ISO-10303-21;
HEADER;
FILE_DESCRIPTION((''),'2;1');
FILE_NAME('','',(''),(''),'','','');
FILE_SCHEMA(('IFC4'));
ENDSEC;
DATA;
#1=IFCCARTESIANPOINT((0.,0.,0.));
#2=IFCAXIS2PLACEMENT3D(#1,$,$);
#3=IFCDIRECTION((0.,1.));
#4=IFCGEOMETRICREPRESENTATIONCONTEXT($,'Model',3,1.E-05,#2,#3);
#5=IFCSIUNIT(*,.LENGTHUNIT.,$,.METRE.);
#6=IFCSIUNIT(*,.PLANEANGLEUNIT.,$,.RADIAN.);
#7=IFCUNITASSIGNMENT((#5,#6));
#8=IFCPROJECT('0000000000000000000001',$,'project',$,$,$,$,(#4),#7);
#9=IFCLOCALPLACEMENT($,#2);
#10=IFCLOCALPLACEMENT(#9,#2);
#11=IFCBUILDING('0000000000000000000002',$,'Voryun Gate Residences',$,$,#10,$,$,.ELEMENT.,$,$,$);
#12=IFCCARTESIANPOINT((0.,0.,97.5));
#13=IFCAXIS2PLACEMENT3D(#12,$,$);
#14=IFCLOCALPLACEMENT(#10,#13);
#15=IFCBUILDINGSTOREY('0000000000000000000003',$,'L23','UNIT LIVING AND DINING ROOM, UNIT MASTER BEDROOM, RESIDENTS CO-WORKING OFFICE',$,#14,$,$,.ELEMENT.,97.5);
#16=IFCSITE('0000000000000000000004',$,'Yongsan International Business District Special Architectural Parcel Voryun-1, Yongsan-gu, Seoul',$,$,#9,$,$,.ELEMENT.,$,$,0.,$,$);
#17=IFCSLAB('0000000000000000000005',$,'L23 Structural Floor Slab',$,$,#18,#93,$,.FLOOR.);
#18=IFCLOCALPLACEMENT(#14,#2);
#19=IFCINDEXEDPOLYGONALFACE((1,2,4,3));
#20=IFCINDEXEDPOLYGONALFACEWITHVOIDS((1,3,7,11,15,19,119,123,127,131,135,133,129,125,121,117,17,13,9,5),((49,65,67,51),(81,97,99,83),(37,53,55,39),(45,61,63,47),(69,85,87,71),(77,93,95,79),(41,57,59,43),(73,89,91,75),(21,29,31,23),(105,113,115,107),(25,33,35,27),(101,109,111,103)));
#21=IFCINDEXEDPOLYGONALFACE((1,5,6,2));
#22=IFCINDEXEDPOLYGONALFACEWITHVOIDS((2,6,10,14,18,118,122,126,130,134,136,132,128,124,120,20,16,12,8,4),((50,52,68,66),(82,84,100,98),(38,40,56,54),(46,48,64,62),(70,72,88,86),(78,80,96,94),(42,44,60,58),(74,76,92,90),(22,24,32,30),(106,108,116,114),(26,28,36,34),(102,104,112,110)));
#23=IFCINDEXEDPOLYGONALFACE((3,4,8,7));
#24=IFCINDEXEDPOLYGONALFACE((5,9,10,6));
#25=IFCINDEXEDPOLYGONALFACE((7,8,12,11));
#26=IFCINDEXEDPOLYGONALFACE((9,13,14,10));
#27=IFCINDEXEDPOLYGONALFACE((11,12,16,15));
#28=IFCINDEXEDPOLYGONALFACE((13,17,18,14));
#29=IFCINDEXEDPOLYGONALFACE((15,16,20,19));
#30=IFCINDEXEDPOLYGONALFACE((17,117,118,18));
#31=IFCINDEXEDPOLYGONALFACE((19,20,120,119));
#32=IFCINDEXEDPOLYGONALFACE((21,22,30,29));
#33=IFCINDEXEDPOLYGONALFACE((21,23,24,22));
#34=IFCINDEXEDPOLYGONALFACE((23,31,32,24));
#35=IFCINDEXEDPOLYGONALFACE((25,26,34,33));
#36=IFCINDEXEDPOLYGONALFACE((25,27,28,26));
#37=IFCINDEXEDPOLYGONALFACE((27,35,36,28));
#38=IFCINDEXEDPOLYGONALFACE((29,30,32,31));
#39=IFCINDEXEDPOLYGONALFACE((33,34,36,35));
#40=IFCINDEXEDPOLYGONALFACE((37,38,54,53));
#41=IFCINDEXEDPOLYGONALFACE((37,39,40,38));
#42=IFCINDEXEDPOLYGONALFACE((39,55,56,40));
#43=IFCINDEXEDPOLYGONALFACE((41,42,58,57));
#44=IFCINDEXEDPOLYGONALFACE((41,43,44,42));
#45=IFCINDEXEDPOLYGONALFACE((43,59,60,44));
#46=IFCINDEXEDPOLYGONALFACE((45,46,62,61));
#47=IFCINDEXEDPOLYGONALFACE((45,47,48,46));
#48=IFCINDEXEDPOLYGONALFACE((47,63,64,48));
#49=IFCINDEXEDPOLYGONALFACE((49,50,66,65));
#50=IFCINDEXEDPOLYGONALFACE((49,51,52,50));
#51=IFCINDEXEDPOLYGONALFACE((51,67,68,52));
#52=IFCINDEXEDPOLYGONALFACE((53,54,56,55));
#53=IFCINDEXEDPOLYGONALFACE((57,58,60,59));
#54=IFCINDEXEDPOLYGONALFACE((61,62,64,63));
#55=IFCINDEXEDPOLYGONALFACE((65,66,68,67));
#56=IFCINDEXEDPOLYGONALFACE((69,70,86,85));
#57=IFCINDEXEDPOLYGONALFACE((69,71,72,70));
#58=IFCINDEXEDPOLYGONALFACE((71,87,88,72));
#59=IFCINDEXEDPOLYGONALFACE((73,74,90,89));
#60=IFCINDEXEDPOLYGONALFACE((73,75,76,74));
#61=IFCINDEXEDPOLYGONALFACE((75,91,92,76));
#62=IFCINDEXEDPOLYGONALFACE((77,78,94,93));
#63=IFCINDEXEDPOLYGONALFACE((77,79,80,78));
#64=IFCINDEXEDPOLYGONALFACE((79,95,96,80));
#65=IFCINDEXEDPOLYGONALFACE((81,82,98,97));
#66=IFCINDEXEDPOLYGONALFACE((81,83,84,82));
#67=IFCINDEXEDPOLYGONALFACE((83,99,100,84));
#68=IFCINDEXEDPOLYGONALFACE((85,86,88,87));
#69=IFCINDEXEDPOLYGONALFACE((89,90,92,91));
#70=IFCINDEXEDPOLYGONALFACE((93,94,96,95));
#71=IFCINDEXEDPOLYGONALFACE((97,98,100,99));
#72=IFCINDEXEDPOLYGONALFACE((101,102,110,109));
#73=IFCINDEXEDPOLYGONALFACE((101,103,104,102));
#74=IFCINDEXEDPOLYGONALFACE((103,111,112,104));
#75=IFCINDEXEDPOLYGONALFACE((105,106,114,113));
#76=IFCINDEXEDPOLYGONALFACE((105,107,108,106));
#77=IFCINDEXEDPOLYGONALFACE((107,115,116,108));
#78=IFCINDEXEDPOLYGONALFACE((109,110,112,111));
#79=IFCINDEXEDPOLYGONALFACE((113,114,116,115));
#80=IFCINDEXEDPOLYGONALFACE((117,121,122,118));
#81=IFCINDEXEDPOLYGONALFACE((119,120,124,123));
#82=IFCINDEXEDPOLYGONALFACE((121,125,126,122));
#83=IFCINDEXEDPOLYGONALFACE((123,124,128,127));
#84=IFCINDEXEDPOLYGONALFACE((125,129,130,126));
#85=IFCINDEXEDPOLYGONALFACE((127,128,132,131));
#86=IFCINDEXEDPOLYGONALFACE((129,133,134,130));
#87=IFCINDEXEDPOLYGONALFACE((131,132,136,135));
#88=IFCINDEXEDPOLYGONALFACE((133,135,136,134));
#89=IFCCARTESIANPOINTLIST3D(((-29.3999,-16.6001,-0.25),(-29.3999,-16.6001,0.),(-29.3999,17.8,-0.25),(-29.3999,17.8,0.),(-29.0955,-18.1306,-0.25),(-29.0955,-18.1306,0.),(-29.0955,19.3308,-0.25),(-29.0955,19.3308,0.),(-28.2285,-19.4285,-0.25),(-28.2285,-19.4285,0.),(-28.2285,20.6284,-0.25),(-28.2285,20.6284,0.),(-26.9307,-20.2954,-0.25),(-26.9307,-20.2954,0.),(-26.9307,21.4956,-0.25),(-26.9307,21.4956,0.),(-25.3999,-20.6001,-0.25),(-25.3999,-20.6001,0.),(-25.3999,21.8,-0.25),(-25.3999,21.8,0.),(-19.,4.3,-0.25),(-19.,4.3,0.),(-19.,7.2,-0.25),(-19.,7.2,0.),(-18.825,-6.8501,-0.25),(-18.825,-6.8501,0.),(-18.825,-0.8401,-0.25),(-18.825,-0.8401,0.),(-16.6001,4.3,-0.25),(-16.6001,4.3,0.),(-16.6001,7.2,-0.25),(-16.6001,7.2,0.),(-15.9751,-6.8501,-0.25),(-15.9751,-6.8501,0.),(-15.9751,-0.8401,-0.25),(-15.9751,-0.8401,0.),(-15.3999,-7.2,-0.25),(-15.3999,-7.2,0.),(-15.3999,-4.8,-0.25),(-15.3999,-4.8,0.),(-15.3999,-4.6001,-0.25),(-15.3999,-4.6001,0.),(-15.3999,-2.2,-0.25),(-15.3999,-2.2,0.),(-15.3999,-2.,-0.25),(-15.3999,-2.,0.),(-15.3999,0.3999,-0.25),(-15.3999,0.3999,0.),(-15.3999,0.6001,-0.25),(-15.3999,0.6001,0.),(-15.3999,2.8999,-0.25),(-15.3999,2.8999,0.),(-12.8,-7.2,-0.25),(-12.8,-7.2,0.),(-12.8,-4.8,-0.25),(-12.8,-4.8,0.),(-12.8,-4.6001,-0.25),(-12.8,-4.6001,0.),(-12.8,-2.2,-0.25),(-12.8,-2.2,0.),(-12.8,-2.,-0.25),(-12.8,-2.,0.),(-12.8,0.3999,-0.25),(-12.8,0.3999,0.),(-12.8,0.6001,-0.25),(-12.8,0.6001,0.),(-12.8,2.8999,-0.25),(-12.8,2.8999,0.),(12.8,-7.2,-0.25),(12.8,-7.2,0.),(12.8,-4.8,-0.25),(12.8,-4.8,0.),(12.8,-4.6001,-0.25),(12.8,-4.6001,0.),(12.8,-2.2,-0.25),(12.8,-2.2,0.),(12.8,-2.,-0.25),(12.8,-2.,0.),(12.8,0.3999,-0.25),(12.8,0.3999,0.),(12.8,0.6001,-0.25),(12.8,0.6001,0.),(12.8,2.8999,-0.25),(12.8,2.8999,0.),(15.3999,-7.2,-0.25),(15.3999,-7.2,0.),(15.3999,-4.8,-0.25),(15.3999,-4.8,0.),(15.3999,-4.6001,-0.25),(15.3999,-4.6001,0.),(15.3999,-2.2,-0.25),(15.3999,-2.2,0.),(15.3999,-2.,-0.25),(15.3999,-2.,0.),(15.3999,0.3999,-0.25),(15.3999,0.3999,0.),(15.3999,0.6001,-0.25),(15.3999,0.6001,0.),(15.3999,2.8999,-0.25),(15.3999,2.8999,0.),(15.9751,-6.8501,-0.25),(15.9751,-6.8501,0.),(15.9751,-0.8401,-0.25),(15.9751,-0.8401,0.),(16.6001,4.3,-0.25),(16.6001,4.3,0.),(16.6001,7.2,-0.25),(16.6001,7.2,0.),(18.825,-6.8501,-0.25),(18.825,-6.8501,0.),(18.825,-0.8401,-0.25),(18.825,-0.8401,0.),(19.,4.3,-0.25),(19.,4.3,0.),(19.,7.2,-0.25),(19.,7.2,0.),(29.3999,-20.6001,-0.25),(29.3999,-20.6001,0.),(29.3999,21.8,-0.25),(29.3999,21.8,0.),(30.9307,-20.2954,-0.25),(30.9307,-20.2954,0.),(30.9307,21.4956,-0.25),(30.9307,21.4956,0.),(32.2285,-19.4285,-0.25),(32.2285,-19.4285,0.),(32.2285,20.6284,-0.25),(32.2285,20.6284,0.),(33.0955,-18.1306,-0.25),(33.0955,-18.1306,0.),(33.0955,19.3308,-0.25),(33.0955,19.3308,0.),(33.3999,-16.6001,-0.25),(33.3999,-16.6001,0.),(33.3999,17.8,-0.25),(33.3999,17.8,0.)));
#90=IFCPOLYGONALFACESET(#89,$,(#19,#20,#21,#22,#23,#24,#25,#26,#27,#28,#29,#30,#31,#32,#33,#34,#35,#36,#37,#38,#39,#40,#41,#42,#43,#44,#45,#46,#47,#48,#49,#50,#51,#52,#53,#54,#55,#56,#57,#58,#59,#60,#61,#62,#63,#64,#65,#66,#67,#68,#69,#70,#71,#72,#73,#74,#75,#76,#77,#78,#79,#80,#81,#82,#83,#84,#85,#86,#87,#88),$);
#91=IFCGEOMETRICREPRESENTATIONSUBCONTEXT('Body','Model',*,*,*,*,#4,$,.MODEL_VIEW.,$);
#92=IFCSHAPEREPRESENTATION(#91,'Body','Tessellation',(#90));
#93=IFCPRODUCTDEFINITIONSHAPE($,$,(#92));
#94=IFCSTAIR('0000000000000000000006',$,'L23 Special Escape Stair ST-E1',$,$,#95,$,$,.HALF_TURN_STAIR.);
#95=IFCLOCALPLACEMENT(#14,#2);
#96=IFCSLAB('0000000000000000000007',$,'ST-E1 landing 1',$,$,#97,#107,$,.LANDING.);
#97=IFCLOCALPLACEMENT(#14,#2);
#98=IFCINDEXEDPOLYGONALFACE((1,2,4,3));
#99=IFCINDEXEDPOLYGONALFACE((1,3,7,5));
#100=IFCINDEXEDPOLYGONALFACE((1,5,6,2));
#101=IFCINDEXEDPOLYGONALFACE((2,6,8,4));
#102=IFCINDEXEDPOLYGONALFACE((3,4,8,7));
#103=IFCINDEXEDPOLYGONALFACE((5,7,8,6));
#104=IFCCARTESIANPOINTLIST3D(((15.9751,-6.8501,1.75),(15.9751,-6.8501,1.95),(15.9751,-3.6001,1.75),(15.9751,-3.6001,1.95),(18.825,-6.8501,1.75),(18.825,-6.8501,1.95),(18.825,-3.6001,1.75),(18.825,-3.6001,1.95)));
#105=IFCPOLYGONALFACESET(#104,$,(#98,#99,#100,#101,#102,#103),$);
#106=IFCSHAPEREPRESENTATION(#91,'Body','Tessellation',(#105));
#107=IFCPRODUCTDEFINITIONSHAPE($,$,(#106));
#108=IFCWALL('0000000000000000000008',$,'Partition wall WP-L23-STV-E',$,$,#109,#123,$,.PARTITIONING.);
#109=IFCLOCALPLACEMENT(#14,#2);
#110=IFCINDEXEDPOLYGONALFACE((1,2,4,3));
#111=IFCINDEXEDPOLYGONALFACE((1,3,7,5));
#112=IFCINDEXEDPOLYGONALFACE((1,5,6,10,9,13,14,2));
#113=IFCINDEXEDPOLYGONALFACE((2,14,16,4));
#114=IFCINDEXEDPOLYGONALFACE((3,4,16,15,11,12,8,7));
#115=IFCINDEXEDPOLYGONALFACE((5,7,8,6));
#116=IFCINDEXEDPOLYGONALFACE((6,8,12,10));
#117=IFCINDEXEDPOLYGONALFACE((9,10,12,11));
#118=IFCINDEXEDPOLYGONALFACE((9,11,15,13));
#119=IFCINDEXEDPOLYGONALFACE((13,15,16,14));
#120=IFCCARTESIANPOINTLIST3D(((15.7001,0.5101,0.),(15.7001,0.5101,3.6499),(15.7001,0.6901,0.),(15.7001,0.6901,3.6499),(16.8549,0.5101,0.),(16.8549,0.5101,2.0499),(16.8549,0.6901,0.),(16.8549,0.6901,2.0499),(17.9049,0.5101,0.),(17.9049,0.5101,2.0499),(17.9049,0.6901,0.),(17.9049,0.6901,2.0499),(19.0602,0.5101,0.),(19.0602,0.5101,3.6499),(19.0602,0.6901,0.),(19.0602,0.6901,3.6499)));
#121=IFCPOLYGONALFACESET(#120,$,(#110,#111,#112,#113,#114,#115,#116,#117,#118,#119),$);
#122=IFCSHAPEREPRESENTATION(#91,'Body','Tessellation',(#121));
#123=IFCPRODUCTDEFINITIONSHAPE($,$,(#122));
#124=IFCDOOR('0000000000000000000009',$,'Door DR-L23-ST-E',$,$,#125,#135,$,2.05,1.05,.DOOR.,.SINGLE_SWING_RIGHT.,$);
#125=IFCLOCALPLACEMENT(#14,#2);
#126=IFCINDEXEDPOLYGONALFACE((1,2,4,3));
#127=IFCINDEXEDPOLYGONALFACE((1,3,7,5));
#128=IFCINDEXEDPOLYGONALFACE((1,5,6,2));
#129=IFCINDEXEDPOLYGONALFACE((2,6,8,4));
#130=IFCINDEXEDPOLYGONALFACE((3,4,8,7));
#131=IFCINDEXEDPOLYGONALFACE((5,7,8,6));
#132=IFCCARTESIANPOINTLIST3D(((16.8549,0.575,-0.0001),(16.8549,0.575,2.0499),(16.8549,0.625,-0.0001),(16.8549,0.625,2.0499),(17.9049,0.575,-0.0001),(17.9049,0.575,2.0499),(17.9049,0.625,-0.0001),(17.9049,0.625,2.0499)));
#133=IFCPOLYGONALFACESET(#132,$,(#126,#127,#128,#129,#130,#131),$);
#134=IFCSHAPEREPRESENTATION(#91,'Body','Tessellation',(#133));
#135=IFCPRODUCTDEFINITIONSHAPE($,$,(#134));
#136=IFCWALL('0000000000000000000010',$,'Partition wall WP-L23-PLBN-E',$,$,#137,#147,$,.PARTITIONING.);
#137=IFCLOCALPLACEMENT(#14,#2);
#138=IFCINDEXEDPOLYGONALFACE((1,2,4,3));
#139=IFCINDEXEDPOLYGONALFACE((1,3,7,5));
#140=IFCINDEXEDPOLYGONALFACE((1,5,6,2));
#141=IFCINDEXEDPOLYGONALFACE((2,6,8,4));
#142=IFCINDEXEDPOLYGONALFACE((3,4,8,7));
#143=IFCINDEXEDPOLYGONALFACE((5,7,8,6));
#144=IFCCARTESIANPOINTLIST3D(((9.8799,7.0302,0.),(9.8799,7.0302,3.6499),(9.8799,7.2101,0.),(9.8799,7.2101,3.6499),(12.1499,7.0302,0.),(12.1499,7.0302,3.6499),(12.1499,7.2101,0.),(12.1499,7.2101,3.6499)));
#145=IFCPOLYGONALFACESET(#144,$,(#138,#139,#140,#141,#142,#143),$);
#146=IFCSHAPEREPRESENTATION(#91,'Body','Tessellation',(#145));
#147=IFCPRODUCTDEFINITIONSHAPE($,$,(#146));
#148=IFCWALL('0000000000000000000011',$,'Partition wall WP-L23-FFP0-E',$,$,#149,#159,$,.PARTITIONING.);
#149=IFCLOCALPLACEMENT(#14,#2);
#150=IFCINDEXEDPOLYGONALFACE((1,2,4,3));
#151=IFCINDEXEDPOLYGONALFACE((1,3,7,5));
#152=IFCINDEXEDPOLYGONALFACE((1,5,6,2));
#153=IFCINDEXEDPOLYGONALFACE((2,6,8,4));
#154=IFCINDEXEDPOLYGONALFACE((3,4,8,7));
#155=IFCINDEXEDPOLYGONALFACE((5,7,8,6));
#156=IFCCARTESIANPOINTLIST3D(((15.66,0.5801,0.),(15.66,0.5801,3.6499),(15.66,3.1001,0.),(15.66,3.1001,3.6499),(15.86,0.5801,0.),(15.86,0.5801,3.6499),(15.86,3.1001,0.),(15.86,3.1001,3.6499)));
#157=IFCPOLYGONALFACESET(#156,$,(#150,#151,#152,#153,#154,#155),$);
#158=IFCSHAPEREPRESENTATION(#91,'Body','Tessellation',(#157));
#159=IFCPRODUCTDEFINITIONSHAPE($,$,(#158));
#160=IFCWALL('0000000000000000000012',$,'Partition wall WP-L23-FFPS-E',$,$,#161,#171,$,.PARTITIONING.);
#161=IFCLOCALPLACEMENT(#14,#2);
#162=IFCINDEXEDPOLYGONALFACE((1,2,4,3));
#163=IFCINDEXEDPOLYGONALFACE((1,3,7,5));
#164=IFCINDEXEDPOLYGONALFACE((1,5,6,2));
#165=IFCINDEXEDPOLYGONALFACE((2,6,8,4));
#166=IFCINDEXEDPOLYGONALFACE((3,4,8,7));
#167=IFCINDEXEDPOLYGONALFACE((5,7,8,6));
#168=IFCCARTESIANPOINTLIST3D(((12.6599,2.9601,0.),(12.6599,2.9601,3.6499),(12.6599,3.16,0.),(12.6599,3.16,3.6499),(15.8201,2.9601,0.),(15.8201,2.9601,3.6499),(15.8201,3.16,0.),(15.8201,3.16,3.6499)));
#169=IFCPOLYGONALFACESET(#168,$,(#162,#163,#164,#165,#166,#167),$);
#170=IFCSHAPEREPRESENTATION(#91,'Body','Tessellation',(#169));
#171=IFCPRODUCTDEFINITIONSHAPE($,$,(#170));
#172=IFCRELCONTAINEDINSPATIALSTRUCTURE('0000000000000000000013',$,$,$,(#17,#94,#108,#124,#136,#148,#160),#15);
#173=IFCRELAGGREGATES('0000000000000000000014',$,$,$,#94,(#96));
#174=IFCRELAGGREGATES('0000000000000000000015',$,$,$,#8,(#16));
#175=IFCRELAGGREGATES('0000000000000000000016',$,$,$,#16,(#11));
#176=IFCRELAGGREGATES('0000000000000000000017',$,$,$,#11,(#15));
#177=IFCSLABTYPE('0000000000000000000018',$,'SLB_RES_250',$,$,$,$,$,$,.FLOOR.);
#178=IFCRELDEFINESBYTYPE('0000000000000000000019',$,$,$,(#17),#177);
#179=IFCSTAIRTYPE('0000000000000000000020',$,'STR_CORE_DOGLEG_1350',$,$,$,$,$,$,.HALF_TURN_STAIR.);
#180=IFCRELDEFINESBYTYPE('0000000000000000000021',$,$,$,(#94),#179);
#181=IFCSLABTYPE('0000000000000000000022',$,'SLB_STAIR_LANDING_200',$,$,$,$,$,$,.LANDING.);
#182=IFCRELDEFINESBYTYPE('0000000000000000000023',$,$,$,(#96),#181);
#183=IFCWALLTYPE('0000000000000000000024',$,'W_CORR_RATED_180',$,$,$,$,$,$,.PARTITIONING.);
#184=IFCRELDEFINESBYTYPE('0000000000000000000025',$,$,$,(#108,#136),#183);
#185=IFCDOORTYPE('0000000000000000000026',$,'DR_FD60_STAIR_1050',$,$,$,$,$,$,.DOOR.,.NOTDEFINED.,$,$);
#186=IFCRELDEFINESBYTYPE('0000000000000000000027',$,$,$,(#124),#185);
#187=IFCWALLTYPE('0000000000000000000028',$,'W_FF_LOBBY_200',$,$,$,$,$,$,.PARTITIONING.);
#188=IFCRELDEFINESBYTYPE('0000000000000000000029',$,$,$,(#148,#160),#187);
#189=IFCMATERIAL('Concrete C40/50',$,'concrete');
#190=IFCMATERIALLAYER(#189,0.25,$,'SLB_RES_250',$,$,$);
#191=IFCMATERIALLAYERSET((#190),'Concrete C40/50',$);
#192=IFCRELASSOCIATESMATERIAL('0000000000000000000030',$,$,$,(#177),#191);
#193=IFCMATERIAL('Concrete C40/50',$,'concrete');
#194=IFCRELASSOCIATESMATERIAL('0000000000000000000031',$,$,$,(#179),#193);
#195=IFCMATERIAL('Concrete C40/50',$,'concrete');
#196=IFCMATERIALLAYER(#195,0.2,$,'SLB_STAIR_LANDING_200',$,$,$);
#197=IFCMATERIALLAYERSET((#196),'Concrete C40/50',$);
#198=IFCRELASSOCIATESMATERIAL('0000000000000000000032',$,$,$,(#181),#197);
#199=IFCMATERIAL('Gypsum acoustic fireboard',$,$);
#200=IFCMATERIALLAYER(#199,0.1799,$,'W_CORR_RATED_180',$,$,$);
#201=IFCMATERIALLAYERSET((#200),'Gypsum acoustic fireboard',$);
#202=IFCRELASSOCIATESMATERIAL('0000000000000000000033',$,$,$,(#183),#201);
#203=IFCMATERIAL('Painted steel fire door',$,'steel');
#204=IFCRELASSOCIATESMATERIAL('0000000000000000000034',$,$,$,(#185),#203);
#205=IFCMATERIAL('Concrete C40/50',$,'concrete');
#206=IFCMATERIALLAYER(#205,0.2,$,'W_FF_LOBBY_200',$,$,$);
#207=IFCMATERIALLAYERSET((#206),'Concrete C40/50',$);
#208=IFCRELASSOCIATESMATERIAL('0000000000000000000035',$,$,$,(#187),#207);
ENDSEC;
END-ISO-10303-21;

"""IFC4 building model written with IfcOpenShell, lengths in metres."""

from ifc_helpers import new_model, si_unit, direction, frame, frame_2d, origin, place, context, subcontext, project, spatial, polyline, rectangle, outline, extrude, material, layer, layer_set, type_object, element, fill, aggregate, save


model = new_model("IFC4")

# Units and contexts
model_context = context("Model", 3, precision=1e-05, world=origin(), true_north=direction((0.0, 1.0)))
body_context = subcontext(model_context, "Body", "Model", "MODEL_VIEW")
ifc_project = project(units=[si_unit("LENGTHUNIT", "METRE"), si_unit("PLANEANGLEUNIT", "RADIAN")], contexts=[model_context])

# Site, building, storey
site_placement = place(None, origin())
site = spatial("IfcSite", under=ifc_project, at=site_placement, Name="Yongsan International Business District Special Architectural Parcel Voryun-1, Yongsan-gu, Seoul", CompositionType="ELEMENT", RefElevation=0.0)
building_placement = place(site_placement, origin())
building = spatial("IfcBuilding", under=site, at=building_placement, Name="Voryun Gate Residences", CompositionType="ELEMENT")
storey_placement = place(building_placement, frame((0.0, 0.0, 97.5)))
storey = spatial("IfcBuildingStorey", under=building, at=storey_placement, Name="L23", Description="UNIT LIVING AND DINING ROOM, UNIT MASTER BEDROOM, RESIDENTS CO-WORKING OFFICE", CompositionType="ELEMENT", Elevation=97.5)

# Slab
ifc_material_1 = material(Name="Concrete C40/50", Category="concrete")
ifc_layer_1 = layer(ifc_material_1, 0.25, Name="SLB_RES_250")
ifc_layer_set_1 = layer_set([ifc_layer_1], Name="Concrete C40/50")
slab_type_1 = type_object("IfcSlabType", Name="SLB_RES_250", PredefinedType="FLOOR", material=ifc_layer_set_1)
slab_1_placement = place(storey_placement, frame((0.0, 0.0, -0.25)))
element("IfcSlab", 1, at=slab_1_placement, inside=storey, type_object=slab_type_1, Name="L23 Structural Floor Slab", PredefinedType="FLOOR", context=body_context, shape_type="SweptSolid", body=[
    extrude(outline(polyline([(-25.3999, -20.6001), (-26.9307, -20.2954), (-28.2285, -19.4285), (-29.0955, -18.1306), (-29.3999, -16.6001), (-29.3999, 17.8), (-29.0955, 19.3308), (-28.2285, 20.6284), (-26.9307, 21.4956), (-25.3999, 21.8), (29.3999, 21.8), (30.9307, 21.4956), (32.2285, 20.6284), (33.0955, 19.3308), (33.3999, 17.8), (33.3999, -16.6001), (33.0955, -18.1306), (32.2285, -19.4285), (30.9307, -20.2954), (29.3999, -20.6001), (-25.3999, -20.6001)]), holes=[polyline([(-12.8, -4.8), (-15.3999, -4.8), (-15.3999, -7.2), (-12.8, -7.2), (-12.8, -4.8)]), polyline([(-18.825, -6.8501), (-15.9751, -6.8501), (-15.9751, -0.8401), (-18.825, -0.8401), (-18.825, -6.8501)]), polyline([(-12.8, -4.6001), (-12.8, -2.2), (-15.3999, -2.2), (-15.3999, -4.6001), (-12.8, -4.6001)]), polyline([(-12.8, 0.3999), (-15.3999, 0.3999), (-15.3999, -2.0), (-12.8, -2.0), (-12.8, 0.3999)]), polyline([(-12.8, 0.6001), (-12.8, 2.8999), (-15.3999, 2.8999), (-15.3999, 0.6001), (-12.8, 0.6001)]), polyline([(-16.6001, 4.3), (-16.6001, 7.2), (-19.0, 7.2), (-19.0, 4.3), (-16.6001, 4.3)]), polyline([(15.3999, -4.8), (12.8, -4.8), (12.8, -7.2), (15.3999, -7.2), (15.3999, -4.8)]), polyline([(15.9751, -6.8501), (18.825, -6.8501), (18.825, -0.8401), (15.9751, -0.8401), (15.9751, -6.8501)]), polyline([(15.3999, -4.6001), (15.3999, -2.2), (12.8, -2.2), (12.8, -4.6001), (15.3999, -4.6001)]), polyline([(15.3999, 0.3999), (12.8, 0.3999), (12.8, -2.0), (15.3999, -2.0), (15.3999, 0.3999)]), polyline([(15.3999, 0.6001), (15.3999, 2.8999), (12.8, 2.8999), (12.8, 0.6001), (15.3999, 0.6001)]), polyline([(19.0, 4.3), (19.0, 7.2), (16.6001, 7.2), (16.6001, 4.3), (19.0, 4.3)])]), origin(), (0.0, 0.0, 1.0), 0.25),
])

# Stair, slab
ifc_material_2 = material(Name="Concrete C40/50", Category="concrete")
stair_type = type_object("IfcStairType", Name="STR_CORE_DOGLEG_1350", PredefinedType="HALF_TURN_STAIR", material=ifc_material_2)
stair_placement = place(storey_placement, origin())
stair = element("IfcStair", 2, at=stair_placement, inside=storey, type_object=stair_type, Name="L23 Special Escape Stair ST-E1", PredefinedType="HALF_TURN_STAIR")
ifc_material_3 = material(Name="Concrete C40/50", Category="concrete")
ifc_layer_2 = layer(ifc_material_3, 0.2, Name="SLB_STAIR_LANDING_200")
ifc_layer_set_2 = layer_set([ifc_layer_2], Name="Concrete C40/50")
slab_type_2 = type_object("IfcSlabType", Name="SLB_STAIR_LANDING_200", PredefinedType="LANDING", material=ifc_layer_set_2)
slab_2_placement = place(storey_placement, frame((0.0, 0.0, 1.75)))
slab_2 = element("IfcSlab", 3, at=slab_2_placement, type_object=slab_type_2, Name="ST-E1 landing 1", PredefinedType="LANDING", context=body_context, shape_type="SweptSolid", body=[
    extrude(outline(polyline([(15.9751, -3.6001), (15.9751, -6.8501), (18.825, -6.8501), (18.825, -3.6001), (15.9751, -3.6001)])), origin(), (0.0, 0.0, 1.0), 0.2),
])
aggregate(stair, [slab_2])

# Wall, opening, door
ifc_material_4 = material(Name="Gypsum acoustic fireboard")
ifc_layer_3 = layer(ifc_material_4, 0.1799, Name="W_CORR_RATED_180")
ifc_layer_set_3 = layer_set([ifc_layer_3], Name="Gypsum acoustic fireboard")
wall_type_1 = type_object("IfcWallType", Name="W_CORR_RATED_180", PredefinedType="PARTITIONING", material=ifc_layer_set_3)
wall_1_placement = place(storey_placement, frame((15.7, 0.6001, 0.0), z_axis=(0.0, 0.0, 1.0), x_axis=(1.0, 0.0, 0.0)))
wall_1 = element("IfcWall", 4, at=wall_1_placement, inside=storey, type_object=wall_type_1, Name="Partition wall WP-L23-STV-E", PredefinedType="PARTITIONING", context=body_context, shape_type="SweptSolid", body=[
    extrude(rectangle(XDim=3.3601, YDim=0.1799, at=frame_2d((1.6802, 0.0))), origin(), (0.0, 0.0, 1.0), 3.6499),
])
opening_placement = place(wall_1_placement, frame((1.155, 0.0, 0.0)))
opening = element("IfcOpeningElement", 5, at=opening_placement, cuts=wall_1, PredefinedType="OPENING", context=body_context, shape_type="SweptSolid", body=[
    extrude(rectangle(XDim=1.05, YDim=2.05, at=frame_2d((0.5249, 1.0249))), frame((0.0, 0.0999, 0.0), z_axis=(0.0, -1.0, 0.0), x_axis=(1.0, 0.0, 0.0)), (0.0, 0.0, 1.0), 0.2),
])
ifc_material_5 = material(Name="Painted steel fire door", Category="steel")
door_type = type_object("IfcDoorType", Name="DR_FD60_STAIR_1050", OperationType="NOTDEFINED", PredefinedType="DOOR", material=ifc_material_5)
door_placement = place(opening_placement, origin())
door = element("IfcDoor", 6, at=door_placement, inside=storey, type_object=door_type, Name="Door DR-L23-ST-E", OperationType="SINGLE_SWING_RIGHT", OverallHeight=2.05, OverallWidth=1.05, PredefinedType="DOOR", context=body_context, shape_type="SweptSolid", body=[
    extrude(rectangle(XDim=1.05, YDim=2.05, at=frame_2d((0.5249, 1.0249))), frame((0.0, 0.0249, 0.0), z_axis=(0.0, -1.0, 0.0), x_axis=(1.0, 0.0, 0.0)), (0.0, 0.0, 1.0), 0.05),
])
fill(opening, door)

# Walls
wall_2_placement = place(storey_placement, frame((9.8799, 7.1201, 0.0), z_axis=(0.0, 0.0, 1.0), x_axis=(1.0, 0.0, 0.0)))
element("IfcWall", 7, at=wall_2_placement, inside=storey, type_object=wall_type_1, Name="Partition wall WP-L23-PLBN-E", PredefinedType="PARTITIONING", context=body_context, shape_type="SweptSolid", body=[
    extrude(rectangle(XDim=2.27, YDim=0.1799, at=frame_2d((1.135, 0.0))), origin(), (0.0, 0.0, 1.0), 3.6499),
])
ifc_material_6 = material(Name="Concrete C40/50", Category="concrete")
ifc_layer_4 = layer(ifc_material_6, 0.2, Name="W_FF_LOBBY_200")
ifc_layer_set_4 = layer_set([ifc_layer_4], Name="Concrete C40/50")
wall_type_2 = type_object("IfcWallType", Name="W_FF_LOBBY_200", PredefinedType="PARTITIONING", material=ifc_layer_set_4)
wall_3_placement = place(storey_placement, frame((15.76, 0.5801, 0.0), z_axis=(0.0, 0.0, 1.0), x_axis=(0.0, 1.0, 0.0)))
element("IfcWall", 8, at=wall_3_placement, inside=storey, type_object=wall_type_2, Name="Partition wall WP-L23-FFP0-E", PredefinedType="PARTITIONING", context=body_context, shape_type="SweptSolid", body=[
    extrude(rectangle(XDim=2.52, YDim=0.2, at=frame_2d((1.26, 0.0))), origin(), (0.0, 0.0, 1.0), 3.6499),
])
wall_4_placement = place(storey_placement, frame((12.6599, 3.0601, 0.0), z_axis=(0.0, 0.0, 1.0), x_axis=(1.0, 0.0, 0.0)))
element("IfcWall", 9, at=wall_4_placement, inside=storey, type_object=wall_type_2, Name="Partition wall WP-L23-FFPS-E", PredefinedType="PARTITIONING", context=body_context, shape_type="SweptSolid", body=[
    extrude(rectangle(XDim=3.1602, YDim=0.2, at=frame_2d((1.5801, 0.0))), origin(), (0.0, 0.0, 1.0), 3.6499),
])

save(model, "model.ifc")
